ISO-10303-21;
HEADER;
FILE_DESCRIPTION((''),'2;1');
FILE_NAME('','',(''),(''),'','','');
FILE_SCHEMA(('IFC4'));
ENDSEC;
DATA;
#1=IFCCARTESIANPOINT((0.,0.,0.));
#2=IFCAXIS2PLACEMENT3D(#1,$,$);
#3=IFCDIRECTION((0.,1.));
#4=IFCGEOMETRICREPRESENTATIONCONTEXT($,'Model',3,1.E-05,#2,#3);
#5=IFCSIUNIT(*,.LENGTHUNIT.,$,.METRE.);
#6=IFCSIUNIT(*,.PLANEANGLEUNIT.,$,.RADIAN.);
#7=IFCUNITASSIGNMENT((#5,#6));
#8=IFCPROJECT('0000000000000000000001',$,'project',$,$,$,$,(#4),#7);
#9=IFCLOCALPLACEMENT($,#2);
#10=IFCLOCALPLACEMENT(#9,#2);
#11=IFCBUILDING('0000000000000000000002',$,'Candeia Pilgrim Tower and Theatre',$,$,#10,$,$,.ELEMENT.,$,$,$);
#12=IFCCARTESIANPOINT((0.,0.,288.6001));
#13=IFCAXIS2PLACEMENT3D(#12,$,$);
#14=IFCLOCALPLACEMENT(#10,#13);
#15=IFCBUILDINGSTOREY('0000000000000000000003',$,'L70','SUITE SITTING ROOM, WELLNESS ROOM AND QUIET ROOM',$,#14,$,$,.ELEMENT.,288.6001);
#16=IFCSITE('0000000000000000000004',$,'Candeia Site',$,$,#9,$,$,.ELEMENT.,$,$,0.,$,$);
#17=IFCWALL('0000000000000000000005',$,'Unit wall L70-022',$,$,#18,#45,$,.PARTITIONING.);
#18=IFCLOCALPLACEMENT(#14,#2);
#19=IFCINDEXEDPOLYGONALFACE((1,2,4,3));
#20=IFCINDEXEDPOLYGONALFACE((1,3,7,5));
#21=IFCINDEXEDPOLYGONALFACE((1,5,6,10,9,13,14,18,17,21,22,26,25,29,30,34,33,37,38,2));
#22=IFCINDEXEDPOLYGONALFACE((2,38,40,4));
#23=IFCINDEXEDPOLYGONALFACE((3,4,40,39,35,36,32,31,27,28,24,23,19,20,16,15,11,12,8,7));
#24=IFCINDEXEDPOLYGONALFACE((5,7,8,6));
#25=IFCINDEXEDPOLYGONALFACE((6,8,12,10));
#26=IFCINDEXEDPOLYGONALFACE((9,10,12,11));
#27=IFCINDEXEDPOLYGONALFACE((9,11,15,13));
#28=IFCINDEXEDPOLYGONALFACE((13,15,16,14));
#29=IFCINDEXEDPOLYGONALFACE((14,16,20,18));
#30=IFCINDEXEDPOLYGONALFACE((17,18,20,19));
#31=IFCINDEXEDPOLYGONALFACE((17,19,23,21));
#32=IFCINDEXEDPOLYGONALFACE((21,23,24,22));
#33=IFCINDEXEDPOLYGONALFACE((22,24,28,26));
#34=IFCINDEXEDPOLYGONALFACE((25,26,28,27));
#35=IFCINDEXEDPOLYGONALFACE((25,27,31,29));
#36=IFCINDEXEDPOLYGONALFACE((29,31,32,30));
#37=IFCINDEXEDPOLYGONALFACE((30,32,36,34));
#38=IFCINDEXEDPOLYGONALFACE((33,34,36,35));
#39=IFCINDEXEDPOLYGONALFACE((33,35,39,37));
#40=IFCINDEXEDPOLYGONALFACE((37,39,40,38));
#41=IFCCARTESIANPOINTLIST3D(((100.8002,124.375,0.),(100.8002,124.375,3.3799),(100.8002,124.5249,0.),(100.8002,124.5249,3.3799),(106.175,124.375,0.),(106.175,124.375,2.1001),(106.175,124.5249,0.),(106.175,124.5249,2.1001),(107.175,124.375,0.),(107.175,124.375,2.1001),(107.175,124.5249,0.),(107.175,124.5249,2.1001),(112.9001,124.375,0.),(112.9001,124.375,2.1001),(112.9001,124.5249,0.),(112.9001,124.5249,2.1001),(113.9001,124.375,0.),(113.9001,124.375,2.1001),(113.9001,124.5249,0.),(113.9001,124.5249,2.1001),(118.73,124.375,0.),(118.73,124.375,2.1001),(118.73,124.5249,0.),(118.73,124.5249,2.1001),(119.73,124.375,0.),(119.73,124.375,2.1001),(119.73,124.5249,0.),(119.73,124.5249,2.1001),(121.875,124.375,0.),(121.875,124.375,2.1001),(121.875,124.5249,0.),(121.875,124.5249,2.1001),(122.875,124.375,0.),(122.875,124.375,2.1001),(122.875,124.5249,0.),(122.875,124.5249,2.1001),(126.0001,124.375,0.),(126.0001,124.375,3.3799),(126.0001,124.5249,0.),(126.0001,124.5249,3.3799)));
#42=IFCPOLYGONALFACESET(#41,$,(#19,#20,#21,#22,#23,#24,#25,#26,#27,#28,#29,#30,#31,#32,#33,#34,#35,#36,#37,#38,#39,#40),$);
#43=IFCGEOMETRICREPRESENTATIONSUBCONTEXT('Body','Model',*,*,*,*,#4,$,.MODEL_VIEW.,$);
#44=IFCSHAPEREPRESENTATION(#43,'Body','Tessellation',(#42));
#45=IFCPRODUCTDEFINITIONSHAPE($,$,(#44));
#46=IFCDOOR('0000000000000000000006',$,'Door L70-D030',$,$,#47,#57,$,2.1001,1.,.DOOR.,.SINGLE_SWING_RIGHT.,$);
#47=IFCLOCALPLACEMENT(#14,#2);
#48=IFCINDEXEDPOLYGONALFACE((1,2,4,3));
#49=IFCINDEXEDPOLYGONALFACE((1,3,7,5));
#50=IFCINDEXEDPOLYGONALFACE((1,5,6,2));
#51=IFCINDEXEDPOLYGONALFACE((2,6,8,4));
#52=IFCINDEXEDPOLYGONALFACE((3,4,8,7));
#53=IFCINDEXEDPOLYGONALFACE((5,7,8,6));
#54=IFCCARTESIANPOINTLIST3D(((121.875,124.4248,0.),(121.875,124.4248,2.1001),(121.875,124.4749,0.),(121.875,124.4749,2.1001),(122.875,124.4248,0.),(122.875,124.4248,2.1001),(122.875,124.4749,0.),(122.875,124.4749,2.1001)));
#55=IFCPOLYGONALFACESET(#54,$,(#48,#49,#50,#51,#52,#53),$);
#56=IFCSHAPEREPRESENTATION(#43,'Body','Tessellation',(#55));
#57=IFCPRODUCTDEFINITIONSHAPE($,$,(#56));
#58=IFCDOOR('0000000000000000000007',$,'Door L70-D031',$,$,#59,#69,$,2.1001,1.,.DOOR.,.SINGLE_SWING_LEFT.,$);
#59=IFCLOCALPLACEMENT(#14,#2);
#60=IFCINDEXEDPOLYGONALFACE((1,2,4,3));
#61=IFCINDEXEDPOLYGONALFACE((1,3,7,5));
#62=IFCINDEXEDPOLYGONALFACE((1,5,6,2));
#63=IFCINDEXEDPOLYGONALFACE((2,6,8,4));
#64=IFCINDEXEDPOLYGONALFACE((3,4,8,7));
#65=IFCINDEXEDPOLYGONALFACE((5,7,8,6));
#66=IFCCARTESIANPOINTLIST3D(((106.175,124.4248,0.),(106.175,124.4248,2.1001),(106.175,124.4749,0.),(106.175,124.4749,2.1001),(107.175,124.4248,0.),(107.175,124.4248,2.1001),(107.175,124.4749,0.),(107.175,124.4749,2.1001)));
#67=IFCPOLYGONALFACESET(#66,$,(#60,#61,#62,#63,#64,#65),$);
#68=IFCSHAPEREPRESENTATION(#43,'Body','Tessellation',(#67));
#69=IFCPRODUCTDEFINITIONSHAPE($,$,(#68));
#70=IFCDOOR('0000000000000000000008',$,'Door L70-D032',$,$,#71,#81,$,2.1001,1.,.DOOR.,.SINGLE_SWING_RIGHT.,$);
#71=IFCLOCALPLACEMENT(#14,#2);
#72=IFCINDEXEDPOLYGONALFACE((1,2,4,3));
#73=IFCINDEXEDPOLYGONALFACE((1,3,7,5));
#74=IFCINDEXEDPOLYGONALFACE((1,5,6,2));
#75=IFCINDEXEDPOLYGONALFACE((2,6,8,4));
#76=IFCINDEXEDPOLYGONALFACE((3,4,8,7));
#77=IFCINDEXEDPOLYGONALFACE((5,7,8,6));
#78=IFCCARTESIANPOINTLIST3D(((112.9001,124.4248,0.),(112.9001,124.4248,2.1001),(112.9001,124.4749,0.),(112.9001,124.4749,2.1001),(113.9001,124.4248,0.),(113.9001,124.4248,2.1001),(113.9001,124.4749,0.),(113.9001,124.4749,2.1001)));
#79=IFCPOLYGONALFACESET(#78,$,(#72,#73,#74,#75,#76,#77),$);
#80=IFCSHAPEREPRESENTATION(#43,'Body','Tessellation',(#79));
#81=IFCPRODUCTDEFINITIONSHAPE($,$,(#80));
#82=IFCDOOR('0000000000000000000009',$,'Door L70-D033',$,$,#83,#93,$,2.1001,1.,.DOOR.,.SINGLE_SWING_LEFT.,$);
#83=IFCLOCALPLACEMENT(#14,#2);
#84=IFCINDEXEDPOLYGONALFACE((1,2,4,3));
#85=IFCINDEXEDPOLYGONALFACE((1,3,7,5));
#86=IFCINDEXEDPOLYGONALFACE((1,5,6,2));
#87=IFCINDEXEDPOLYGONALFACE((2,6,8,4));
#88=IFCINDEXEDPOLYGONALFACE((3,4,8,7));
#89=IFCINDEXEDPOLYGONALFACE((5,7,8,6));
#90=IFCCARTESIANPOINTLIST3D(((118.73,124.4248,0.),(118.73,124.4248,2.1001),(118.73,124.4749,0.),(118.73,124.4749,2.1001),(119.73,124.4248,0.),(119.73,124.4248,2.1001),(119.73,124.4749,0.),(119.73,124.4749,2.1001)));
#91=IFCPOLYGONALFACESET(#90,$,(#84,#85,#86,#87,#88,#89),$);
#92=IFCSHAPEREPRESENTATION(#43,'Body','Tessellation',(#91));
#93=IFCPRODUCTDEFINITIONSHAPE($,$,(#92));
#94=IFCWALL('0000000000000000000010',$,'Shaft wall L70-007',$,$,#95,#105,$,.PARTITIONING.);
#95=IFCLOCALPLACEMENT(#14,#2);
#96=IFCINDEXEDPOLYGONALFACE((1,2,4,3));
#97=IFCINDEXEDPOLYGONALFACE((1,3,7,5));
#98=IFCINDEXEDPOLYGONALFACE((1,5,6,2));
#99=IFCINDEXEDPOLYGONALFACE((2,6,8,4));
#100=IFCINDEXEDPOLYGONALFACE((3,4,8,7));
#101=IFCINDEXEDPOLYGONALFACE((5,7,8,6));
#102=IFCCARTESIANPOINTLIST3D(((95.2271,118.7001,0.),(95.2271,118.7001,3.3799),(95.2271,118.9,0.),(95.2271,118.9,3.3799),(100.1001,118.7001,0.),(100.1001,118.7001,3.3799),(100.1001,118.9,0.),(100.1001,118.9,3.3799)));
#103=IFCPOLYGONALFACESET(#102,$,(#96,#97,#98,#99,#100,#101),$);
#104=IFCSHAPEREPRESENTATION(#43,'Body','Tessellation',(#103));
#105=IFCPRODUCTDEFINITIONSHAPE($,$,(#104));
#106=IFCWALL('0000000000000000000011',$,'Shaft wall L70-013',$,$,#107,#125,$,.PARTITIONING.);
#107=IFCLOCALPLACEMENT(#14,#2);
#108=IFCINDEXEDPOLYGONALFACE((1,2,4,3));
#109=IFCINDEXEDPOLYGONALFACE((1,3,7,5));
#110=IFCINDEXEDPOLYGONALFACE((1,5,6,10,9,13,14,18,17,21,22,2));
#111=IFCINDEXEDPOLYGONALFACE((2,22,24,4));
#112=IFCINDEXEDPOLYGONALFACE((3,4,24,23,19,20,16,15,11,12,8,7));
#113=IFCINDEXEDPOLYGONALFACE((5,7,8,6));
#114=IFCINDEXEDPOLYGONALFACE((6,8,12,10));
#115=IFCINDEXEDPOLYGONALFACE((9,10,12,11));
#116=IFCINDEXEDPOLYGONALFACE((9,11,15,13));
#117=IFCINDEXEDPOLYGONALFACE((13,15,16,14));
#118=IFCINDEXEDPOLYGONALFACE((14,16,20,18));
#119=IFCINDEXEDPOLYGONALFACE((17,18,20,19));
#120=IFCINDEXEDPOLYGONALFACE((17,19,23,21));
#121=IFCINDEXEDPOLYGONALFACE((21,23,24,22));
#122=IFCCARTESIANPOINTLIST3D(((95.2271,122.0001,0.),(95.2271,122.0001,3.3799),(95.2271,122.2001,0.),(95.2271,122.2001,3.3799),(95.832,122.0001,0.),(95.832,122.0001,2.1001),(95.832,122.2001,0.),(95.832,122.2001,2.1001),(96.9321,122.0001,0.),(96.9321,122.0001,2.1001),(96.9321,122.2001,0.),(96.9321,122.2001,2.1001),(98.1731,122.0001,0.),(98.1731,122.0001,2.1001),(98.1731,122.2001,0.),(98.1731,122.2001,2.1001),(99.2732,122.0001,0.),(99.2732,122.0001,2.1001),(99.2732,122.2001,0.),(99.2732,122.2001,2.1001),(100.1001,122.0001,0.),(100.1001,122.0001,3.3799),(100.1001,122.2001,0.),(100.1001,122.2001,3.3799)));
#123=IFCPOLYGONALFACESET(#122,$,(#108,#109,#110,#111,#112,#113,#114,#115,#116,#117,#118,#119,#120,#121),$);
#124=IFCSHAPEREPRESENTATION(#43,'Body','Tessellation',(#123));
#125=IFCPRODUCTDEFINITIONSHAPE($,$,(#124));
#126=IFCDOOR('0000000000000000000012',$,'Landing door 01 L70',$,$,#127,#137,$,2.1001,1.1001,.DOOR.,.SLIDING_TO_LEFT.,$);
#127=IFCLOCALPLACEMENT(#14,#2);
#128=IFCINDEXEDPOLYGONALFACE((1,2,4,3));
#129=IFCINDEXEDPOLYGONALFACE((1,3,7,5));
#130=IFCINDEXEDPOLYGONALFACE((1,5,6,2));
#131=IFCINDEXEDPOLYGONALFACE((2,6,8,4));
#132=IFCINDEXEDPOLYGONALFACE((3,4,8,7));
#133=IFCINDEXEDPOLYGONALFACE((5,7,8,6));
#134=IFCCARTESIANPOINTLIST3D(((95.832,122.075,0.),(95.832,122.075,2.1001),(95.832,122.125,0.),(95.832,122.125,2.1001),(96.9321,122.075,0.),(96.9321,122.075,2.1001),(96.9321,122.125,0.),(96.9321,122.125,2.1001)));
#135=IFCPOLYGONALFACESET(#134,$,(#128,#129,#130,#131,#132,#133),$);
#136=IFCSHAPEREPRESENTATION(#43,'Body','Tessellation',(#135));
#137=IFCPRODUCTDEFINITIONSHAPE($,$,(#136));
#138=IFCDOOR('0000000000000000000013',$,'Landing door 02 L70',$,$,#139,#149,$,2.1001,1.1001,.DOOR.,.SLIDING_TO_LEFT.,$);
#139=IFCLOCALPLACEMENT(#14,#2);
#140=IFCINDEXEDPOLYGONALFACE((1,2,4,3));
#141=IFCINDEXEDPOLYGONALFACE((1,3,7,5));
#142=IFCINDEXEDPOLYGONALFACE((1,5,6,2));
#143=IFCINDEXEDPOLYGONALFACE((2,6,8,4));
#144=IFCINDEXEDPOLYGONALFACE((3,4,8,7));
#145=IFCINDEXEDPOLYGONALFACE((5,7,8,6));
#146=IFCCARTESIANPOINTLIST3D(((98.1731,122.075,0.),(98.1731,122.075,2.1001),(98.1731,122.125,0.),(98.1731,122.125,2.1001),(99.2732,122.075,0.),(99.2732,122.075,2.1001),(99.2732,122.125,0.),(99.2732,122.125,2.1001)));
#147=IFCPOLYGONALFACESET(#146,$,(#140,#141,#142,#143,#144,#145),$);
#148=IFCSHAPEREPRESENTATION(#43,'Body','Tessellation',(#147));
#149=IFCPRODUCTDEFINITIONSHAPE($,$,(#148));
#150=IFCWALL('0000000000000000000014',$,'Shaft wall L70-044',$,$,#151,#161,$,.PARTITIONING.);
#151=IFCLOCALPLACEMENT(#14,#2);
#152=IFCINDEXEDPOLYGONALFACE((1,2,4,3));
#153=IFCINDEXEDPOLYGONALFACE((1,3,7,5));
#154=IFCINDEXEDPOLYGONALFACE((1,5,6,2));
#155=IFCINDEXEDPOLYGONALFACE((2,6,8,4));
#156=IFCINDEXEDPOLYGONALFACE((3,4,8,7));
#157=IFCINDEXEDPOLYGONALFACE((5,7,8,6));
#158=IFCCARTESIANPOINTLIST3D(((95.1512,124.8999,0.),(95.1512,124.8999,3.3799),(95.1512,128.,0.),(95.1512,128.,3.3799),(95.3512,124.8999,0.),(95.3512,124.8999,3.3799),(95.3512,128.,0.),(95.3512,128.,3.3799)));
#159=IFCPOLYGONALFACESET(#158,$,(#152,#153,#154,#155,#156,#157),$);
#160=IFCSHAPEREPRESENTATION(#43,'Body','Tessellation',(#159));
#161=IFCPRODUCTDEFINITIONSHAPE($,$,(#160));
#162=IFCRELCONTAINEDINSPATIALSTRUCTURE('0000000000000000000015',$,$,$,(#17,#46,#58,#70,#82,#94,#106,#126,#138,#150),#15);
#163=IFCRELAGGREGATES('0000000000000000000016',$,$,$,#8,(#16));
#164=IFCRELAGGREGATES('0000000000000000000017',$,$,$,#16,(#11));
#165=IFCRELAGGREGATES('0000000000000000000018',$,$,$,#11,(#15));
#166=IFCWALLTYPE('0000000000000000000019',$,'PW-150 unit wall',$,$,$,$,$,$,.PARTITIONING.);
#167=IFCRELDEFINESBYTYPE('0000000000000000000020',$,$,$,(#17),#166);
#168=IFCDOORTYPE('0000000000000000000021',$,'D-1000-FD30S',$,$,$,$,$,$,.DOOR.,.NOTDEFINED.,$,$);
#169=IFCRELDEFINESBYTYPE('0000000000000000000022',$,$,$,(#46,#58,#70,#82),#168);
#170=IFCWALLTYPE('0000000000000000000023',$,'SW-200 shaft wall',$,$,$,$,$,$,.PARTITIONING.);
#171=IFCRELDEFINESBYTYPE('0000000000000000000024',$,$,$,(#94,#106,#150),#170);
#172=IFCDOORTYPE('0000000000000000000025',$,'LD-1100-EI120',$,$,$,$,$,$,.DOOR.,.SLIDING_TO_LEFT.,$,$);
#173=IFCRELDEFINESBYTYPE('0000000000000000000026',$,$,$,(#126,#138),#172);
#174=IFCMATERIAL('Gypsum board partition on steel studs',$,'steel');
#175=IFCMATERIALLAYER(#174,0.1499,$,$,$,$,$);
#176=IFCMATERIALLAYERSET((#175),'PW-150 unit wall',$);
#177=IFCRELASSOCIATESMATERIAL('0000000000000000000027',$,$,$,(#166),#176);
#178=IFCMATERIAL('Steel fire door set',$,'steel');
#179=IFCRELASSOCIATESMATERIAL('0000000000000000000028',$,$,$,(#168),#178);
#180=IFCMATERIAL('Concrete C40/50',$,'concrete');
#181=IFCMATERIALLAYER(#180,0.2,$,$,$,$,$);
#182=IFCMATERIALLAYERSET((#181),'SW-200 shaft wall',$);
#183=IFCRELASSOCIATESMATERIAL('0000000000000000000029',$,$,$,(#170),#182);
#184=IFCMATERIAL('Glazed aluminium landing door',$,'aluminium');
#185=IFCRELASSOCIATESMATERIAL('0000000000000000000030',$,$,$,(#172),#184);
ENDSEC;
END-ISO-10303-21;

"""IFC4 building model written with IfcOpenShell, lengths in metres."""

from ifc_helpers import new_model, si_unit, direction, frame, frame_2d, origin, place, context, subcontext, project, spatial, rectangle, extrude, material, layer, layer_set, type_object, element, fill, save


model = new_model("IFC4")

# Units and contexts
model_context = context("Model", 3, precision=1e-05, world=origin(), true_north=direction((0.0, 1.0)))
body_context = subcontext(model_context, "Body", "Model", "MODEL_VIEW")
ifc_project = project(units=[si_unit("LENGTHUNIT", "METRE"), si_unit("PLANEANGLEUNIT", "RADIAN")], contexts=[model_context])

# Site, building, storey
site_placement = place(None, origin())
site = spatial("IfcSite", under=ifc_project, at=site_placement, Name="Candeia Site", CompositionType="ELEMENT", RefElevation=0.0)
building_placement = place(site_placement, origin())
building = spatial("IfcBuilding", under=site, at=building_placement, Name="Candeia Pilgrim Tower and Theatre", CompositionType="ELEMENT")
storey_placement = place(building_placement, frame((0.0, 0.0, 288.6001)))
storey = spatial("IfcBuildingStorey", under=building, at=storey_placement, Name="L70", Description="SUITE SITTING ROOM, WELLNESS ROOM AND QUIET ROOM", CompositionType="ELEMENT", Elevation=288.6001)

# Shared definitions
ifc_material_1 = material(Name="Gypsum board partition on steel studs", Category="steel")

# Wall, openings, doors
ifc_layer_1 = layer(ifc_material_1, 0.1499)
ifc_layer_set_1 = layer_set([ifc_layer_1], Name="PW-150 unit wall")
wall_type_1 = type_object("IfcWallType", Name="PW-150 unit wall", PredefinedType="PARTITIONING", material=ifc_layer_set_1)
ifc_material_2 = material(Name="Steel fire door set", Category="steel")
door_type_1 = type_object("IfcDoorType", Name="D-1000-FD30S", OperationType="NOTDEFINED", PredefinedType="DOOR", material=ifc_material_2)
wall_1_placement = place(storey_placement, frame((100.8, 124.45, 0.0), z_axis=(0.0, 0.0, 1.0), x_axis=(1.0, 0.0, 0.0)))
wall_1 = element("IfcWall", 1, at=wall_1_placement, inside=storey, type_object=wall_type_1, Name="Unit wall L70-022", PredefinedType="PARTITIONING", context=body_context, shape_type="SweptSolid", body=[
    extrude(rectangle(XDim=25.2, YDim=0.1499, at=frame_2d((12.6001, 0.0))), origin(), (0.0, 0.0, 1.0), 3.3799),
])
opening_1_placement = place(wall_1_placement, frame((21.075, 0.0, 0.0)))
opening_1 = element("IfcOpeningElement", 2, at=opening_1_placement, cuts=wall_1, PredefinedType="OPENING", context=body_context, shape_type="SweptSolid", body=[
    extrude(rectangle(XDim=1.0, YDim=2.1001, at=frame_2d((0.5, 1.05))), frame((0.0, 0.085, 0.0), z_axis=(0.0, -1.0, 0.0), x_axis=(1.0, 0.0, 0.0)), (0.0, 0.0, 1.0), 0.1699),
])
opening_2_placement = place(wall_1_placement, frame((5.375, 0.0, 0.0)))
opening_2 = element("IfcOpeningElement", 3, at=opening_2_placement, cuts=wall_1, PredefinedType="OPENING", context=body_context, shape_type="SweptSolid", body=[
    extrude(rectangle(XDim=1.0, YDim=2.1001, at=frame_2d((0.5, 1.05))), frame((0.0, 0.085, 0.0), z_axis=(0.0, -1.0, 0.0), x_axis=(1.0, 0.0, 0.0)), (0.0, 0.0, 1.0), 0.1699),
])
opening_3_placement = place(wall_1_placement, frame((12.1001, 0.0, 0.0)))
opening_3 = element("IfcOpeningElement", 4, at=opening_3_placement, cuts=wall_1, PredefinedType="OPENING", context=body_context, shape_type="SweptSolid", body=[
    extrude(rectangle(XDim=1.0, YDim=2.1001, at=frame_2d((0.5, 1.05))), frame((0.0, 0.085, 0.0), z_axis=(0.0, -1.0, 0.0), x_axis=(1.0, 0.0, 0.0)), (0.0, 0.0, 1.0), 0.1699),
])
opening_4_placement = place(wall_1_placement, frame((17.9299, 0.0, 0.0)))
opening_4 = element("IfcOpeningElement", 5, at=opening_4_placement, cuts=wall_1, PredefinedType="OPENING", context=body_context, shape_type="SweptSolid", body=[
    extrude(rectangle(XDim=1.0, YDim=2.1001, at=frame_2d((0.5, 1.05))), frame((0.0, 0.085, 0.0), z_axis=(0.0, -1.0, 0.0), x_axis=(1.0, 0.0, 0.0)), (0.0, 0.0, 1.0), 0.1699),
])
door_1_placement = place(opening_1_placement, origin())
door_1 = element("IfcDoor", 6, at=door_1_placement, inside=storey, type_object=door_type_1, Name="Door L70-D030", OperationType="SINGLE_SWING_RIGHT", OverallHeight=2.1001, OverallWidth=1.0, PredefinedType="DOOR", context=body_context, shape_type="SweptSolid", body=[
    extrude(rectangle(XDim=1.0, YDim=2.1001, at=frame_2d((0.5, 1.05))), frame((0.0, 0.0249, 0.0), z_axis=(0.0, -1.0, 0.0), x_axis=(1.0, 0.0, 0.0)), (0.0, 0.0, 1.0), 0.05),
])
fill(opening_1, door_1)
door_2_placement = place(opening_2_placement, origin())
door_2 = element("IfcDoor", 7, at=door_2_placement, inside=storey, type_object=door_type_1, Name="Door L70-D031", OperationType="SINGLE_SWING_LEFT", OverallHeight=2.1001, OverallWidth=1.0, PredefinedType="DOOR", context=body_context, shape_type="SweptSolid", body=[
    extrude(rectangle(XDim=1.0, YDim=2.1001, at=frame_2d((0.5, 1.05))), frame((0.0, 0.0249, 0.0), z_axis=(0.0, -1.0, 0.0), x_axis=(1.0, 0.0, 0.0)), (0.0, 0.0, 1.0), 0.05),
])
fill(opening_2, door_2)
door_3_placement = place(opening_3_placement, origin())
door_3 = element("IfcDoor", 8, at=door_3_placement, inside=storey, type_object=door_type_1, Name="Door L70-D032", OperationType="SINGLE_SWING_RIGHT", OverallHeight=2.1001, OverallWidth=1.0, PredefinedType="DOOR", context=body_context, shape_type="SweptSolid", body=[
    extrude(rectangle(XDim=1.0, YDim=2.1001, at=frame_2d((0.5, 1.05))), frame((0.0, 0.0249, 0.0), z_axis=(0.0, -1.0, 0.0), x_axis=(1.0, 0.0, 0.0)), (0.0, 0.0, 1.0), 0.05),
])
fill(opening_3, door_3)
door_4_placement = place(opening_4_placement, origin())
door_4 = element("IfcDoor", 9, at=door_4_placement, inside=storey, type_object=door_type_1, Name="Door L70-D033", OperationType="SINGLE_SWING_LEFT", OverallHeight=2.1001, OverallWidth=1.0, PredefinedType="DOOR", context=body_context, shape_type="SweptSolid", body=[
    extrude(rectangle(XDim=1.0, YDim=2.1001, at=frame_2d((0.5, 1.05))), frame((0.0, 0.0249, 0.0), z_axis=(0.0, -1.0, 0.0), x_axis=(1.0, 0.0, 0.0)), (0.0, 0.0, 1.0), 0.05),
])
fill(opening_4, door_4)

# Wall
ifc_material_3 = material(Name="Concrete C40/50", Category="concrete")
ifc_layer_2 = layer(ifc_material_3, 0.2)
ifc_layer_set_2 = layer_set([ifc_layer_2], Name="SW-200 shaft wall")
wall_type_2 = type_object("IfcWallType", Name="SW-200 shaft wall", PredefinedType="PARTITIONING", material=ifc_layer_set_2)
wall_2_placement = place(storey_placement, frame((95.2271, 118.8, 0.0), z_axis=(0.0, 0.0, 1.0), x_axis=(1.0, 0.0, 0.0)))
element("IfcWall", 10, at=wall_2_placement, inside=storey, type_object=wall_type_2, Name="Shaft wall L70-007", PredefinedType="PARTITIONING", context=body_context, shape_type="SweptSolid", body=[
    extrude(rectangle(XDim=4.873, YDim=0.2, at=frame_2d((2.4365, 0.0))), origin(), (0.0, 0.0, 1.0), 3.3799),
])

# Wall, openings, doors
wall_3_placement = place(storey_placement, frame((95.2271, 122.1001, 0.0), z_axis=(0.0, 0.0, 1.0), x_axis=(1.0, 0.0, 0.0)))
wall_3 = element("IfcWall", 11, at=wall_3_placement, inside=storey, type_object=wall_type_2, Name="Shaft wall L70-013", PredefinedType="PARTITIONING", context=body_context, shape_type="SweptSolid", body=[
    extrude(rectangle(XDim=4.873, YDim=0.2, at=frame_2d((2.4365, 0.0))), origin(), (0.0, 0.0, 1.0), 3.3799),
])
opening_5_placement = place(wall_3_placement, frame((0.605, 0.0, 0.0)))
opening_5 = element("IfcOpeningElement", 12, at=opening_5_placement, cuts=wall_3, PredefinedType="OPENING", context=body_context, shape_type="SweptSolid", body=[
    extrude(rectangle(XDim=1.1001, YDim=2.1001, at=frame_2d((0.55, 1.05))), frame((0.0, 0.1099, 0.0), z_axis=(0.0, -1.0, 0.0), x_axis=(1.0, 0.0, 0.0)), (0.0, 0.0, 1.0), 0.22),
])
opening_6_placement = place(wall_3_placement, frame((2.946, 0.0, 0.0)))
opening_6 = element("IfcOpeningElement", 13, at=opening_6_placement, cuts=wall_3, PredefinedType="OPENING", context=body_context, shape_type="SweptSolid", body=[
    extrude(rectangle(XDim=1.1001, YDim=2.1001, at=frame_2d((0.55, 1.05))), frame((0.0, 0.1099, 0.0), z_axis=(0.0, -1.0, 0.0), x_axis=(1.0, 0.0, 0.0)), (0.0, 0.0, 1.0), 0.22),
])
ifc_material_4 = material(Name="Glazed aluminium landing door", Category="aluminium")
door_type_2 = type_object("IfcDoorType", Name="LD-1100-EI120", OperationType="SLIDING_TO_LEFT", PredefinedType="DOOR", material=ifc_material_4)
door_5_placement = place(opening_5_placement, origin())
door_5 = element("IfcDoor", 14, at=door_5_placement, inside=storey, type_object=door_type_2, Name="Landing door 01 L70", OperationType="SLIDING_TO_LEFT", OverallHeight=2.1001, OverallWidth=1.1001, PredefinedType="DOOR", context=body_context, shape_type="SweptSolid", body=[
    extrude(rectangle(XDim=1.1001, YDim=2.1001, at=frame_2d((0.55, 1.05))), frame((0.0, 0.0249, 0.0), z_axis=(0.0, -1.0, 0.0), x_axis=(1.0, 0.0, 0.0)), (0.0, 0.0, 1.0), 0.05),
])
fill(opening_5, door_5)
door_6_placement = place(opening_6_placement, origin())
door_6 = element("IfcDoor", 15, at=door_6_placement, inside=storey, type_object=door_type_2, Name="Landing door 02 L70", OperationType="SLIDING_TO_LEFT", OverallHeight=2.1001, OverallWidth=1.1001, PredefinedType="DOOR", context=body_context, shape_type="SweptSolid", body=[
    extrude(rectangle(XDim=1.1001, YDim=2.1001, at=frame_2d((0.55, 1.05))), frame((0.0, 0.0249, 0.0), z_axis=(0.0, -1.0, 0.0), x_axis=(1.0, 0.0, 0.0)), (0.0, 0.0, 1.0), 0.05),
])
fill(opening_6, door_6)

# Wall
for number, where, z_axis, x_axis, name in (
    (16, (95.2512, 124.8999, 0.0), (0.0, 0.0, 1.0), (0.0, 1.0, 0.0), "Shaft wall L70-044"),
):
    element("IfcWall", number, at=place(storey_placement, frame(where, z_axis=z_axis, x_axis=x_axis)), inside=storey, type_object=wall_type_2, Name=name, PredefinedType="PARTITIONING", context=body_context, shape_type="SweptSolid", body=[
        extrude(rectangle(XDim=3.1001, YDim=0.2, at=frame_2d((1.55, 0.0))), origin(), (0.0, 0.0, 1.0), 3.3799),
    ])

save(model, "model.ifc")
